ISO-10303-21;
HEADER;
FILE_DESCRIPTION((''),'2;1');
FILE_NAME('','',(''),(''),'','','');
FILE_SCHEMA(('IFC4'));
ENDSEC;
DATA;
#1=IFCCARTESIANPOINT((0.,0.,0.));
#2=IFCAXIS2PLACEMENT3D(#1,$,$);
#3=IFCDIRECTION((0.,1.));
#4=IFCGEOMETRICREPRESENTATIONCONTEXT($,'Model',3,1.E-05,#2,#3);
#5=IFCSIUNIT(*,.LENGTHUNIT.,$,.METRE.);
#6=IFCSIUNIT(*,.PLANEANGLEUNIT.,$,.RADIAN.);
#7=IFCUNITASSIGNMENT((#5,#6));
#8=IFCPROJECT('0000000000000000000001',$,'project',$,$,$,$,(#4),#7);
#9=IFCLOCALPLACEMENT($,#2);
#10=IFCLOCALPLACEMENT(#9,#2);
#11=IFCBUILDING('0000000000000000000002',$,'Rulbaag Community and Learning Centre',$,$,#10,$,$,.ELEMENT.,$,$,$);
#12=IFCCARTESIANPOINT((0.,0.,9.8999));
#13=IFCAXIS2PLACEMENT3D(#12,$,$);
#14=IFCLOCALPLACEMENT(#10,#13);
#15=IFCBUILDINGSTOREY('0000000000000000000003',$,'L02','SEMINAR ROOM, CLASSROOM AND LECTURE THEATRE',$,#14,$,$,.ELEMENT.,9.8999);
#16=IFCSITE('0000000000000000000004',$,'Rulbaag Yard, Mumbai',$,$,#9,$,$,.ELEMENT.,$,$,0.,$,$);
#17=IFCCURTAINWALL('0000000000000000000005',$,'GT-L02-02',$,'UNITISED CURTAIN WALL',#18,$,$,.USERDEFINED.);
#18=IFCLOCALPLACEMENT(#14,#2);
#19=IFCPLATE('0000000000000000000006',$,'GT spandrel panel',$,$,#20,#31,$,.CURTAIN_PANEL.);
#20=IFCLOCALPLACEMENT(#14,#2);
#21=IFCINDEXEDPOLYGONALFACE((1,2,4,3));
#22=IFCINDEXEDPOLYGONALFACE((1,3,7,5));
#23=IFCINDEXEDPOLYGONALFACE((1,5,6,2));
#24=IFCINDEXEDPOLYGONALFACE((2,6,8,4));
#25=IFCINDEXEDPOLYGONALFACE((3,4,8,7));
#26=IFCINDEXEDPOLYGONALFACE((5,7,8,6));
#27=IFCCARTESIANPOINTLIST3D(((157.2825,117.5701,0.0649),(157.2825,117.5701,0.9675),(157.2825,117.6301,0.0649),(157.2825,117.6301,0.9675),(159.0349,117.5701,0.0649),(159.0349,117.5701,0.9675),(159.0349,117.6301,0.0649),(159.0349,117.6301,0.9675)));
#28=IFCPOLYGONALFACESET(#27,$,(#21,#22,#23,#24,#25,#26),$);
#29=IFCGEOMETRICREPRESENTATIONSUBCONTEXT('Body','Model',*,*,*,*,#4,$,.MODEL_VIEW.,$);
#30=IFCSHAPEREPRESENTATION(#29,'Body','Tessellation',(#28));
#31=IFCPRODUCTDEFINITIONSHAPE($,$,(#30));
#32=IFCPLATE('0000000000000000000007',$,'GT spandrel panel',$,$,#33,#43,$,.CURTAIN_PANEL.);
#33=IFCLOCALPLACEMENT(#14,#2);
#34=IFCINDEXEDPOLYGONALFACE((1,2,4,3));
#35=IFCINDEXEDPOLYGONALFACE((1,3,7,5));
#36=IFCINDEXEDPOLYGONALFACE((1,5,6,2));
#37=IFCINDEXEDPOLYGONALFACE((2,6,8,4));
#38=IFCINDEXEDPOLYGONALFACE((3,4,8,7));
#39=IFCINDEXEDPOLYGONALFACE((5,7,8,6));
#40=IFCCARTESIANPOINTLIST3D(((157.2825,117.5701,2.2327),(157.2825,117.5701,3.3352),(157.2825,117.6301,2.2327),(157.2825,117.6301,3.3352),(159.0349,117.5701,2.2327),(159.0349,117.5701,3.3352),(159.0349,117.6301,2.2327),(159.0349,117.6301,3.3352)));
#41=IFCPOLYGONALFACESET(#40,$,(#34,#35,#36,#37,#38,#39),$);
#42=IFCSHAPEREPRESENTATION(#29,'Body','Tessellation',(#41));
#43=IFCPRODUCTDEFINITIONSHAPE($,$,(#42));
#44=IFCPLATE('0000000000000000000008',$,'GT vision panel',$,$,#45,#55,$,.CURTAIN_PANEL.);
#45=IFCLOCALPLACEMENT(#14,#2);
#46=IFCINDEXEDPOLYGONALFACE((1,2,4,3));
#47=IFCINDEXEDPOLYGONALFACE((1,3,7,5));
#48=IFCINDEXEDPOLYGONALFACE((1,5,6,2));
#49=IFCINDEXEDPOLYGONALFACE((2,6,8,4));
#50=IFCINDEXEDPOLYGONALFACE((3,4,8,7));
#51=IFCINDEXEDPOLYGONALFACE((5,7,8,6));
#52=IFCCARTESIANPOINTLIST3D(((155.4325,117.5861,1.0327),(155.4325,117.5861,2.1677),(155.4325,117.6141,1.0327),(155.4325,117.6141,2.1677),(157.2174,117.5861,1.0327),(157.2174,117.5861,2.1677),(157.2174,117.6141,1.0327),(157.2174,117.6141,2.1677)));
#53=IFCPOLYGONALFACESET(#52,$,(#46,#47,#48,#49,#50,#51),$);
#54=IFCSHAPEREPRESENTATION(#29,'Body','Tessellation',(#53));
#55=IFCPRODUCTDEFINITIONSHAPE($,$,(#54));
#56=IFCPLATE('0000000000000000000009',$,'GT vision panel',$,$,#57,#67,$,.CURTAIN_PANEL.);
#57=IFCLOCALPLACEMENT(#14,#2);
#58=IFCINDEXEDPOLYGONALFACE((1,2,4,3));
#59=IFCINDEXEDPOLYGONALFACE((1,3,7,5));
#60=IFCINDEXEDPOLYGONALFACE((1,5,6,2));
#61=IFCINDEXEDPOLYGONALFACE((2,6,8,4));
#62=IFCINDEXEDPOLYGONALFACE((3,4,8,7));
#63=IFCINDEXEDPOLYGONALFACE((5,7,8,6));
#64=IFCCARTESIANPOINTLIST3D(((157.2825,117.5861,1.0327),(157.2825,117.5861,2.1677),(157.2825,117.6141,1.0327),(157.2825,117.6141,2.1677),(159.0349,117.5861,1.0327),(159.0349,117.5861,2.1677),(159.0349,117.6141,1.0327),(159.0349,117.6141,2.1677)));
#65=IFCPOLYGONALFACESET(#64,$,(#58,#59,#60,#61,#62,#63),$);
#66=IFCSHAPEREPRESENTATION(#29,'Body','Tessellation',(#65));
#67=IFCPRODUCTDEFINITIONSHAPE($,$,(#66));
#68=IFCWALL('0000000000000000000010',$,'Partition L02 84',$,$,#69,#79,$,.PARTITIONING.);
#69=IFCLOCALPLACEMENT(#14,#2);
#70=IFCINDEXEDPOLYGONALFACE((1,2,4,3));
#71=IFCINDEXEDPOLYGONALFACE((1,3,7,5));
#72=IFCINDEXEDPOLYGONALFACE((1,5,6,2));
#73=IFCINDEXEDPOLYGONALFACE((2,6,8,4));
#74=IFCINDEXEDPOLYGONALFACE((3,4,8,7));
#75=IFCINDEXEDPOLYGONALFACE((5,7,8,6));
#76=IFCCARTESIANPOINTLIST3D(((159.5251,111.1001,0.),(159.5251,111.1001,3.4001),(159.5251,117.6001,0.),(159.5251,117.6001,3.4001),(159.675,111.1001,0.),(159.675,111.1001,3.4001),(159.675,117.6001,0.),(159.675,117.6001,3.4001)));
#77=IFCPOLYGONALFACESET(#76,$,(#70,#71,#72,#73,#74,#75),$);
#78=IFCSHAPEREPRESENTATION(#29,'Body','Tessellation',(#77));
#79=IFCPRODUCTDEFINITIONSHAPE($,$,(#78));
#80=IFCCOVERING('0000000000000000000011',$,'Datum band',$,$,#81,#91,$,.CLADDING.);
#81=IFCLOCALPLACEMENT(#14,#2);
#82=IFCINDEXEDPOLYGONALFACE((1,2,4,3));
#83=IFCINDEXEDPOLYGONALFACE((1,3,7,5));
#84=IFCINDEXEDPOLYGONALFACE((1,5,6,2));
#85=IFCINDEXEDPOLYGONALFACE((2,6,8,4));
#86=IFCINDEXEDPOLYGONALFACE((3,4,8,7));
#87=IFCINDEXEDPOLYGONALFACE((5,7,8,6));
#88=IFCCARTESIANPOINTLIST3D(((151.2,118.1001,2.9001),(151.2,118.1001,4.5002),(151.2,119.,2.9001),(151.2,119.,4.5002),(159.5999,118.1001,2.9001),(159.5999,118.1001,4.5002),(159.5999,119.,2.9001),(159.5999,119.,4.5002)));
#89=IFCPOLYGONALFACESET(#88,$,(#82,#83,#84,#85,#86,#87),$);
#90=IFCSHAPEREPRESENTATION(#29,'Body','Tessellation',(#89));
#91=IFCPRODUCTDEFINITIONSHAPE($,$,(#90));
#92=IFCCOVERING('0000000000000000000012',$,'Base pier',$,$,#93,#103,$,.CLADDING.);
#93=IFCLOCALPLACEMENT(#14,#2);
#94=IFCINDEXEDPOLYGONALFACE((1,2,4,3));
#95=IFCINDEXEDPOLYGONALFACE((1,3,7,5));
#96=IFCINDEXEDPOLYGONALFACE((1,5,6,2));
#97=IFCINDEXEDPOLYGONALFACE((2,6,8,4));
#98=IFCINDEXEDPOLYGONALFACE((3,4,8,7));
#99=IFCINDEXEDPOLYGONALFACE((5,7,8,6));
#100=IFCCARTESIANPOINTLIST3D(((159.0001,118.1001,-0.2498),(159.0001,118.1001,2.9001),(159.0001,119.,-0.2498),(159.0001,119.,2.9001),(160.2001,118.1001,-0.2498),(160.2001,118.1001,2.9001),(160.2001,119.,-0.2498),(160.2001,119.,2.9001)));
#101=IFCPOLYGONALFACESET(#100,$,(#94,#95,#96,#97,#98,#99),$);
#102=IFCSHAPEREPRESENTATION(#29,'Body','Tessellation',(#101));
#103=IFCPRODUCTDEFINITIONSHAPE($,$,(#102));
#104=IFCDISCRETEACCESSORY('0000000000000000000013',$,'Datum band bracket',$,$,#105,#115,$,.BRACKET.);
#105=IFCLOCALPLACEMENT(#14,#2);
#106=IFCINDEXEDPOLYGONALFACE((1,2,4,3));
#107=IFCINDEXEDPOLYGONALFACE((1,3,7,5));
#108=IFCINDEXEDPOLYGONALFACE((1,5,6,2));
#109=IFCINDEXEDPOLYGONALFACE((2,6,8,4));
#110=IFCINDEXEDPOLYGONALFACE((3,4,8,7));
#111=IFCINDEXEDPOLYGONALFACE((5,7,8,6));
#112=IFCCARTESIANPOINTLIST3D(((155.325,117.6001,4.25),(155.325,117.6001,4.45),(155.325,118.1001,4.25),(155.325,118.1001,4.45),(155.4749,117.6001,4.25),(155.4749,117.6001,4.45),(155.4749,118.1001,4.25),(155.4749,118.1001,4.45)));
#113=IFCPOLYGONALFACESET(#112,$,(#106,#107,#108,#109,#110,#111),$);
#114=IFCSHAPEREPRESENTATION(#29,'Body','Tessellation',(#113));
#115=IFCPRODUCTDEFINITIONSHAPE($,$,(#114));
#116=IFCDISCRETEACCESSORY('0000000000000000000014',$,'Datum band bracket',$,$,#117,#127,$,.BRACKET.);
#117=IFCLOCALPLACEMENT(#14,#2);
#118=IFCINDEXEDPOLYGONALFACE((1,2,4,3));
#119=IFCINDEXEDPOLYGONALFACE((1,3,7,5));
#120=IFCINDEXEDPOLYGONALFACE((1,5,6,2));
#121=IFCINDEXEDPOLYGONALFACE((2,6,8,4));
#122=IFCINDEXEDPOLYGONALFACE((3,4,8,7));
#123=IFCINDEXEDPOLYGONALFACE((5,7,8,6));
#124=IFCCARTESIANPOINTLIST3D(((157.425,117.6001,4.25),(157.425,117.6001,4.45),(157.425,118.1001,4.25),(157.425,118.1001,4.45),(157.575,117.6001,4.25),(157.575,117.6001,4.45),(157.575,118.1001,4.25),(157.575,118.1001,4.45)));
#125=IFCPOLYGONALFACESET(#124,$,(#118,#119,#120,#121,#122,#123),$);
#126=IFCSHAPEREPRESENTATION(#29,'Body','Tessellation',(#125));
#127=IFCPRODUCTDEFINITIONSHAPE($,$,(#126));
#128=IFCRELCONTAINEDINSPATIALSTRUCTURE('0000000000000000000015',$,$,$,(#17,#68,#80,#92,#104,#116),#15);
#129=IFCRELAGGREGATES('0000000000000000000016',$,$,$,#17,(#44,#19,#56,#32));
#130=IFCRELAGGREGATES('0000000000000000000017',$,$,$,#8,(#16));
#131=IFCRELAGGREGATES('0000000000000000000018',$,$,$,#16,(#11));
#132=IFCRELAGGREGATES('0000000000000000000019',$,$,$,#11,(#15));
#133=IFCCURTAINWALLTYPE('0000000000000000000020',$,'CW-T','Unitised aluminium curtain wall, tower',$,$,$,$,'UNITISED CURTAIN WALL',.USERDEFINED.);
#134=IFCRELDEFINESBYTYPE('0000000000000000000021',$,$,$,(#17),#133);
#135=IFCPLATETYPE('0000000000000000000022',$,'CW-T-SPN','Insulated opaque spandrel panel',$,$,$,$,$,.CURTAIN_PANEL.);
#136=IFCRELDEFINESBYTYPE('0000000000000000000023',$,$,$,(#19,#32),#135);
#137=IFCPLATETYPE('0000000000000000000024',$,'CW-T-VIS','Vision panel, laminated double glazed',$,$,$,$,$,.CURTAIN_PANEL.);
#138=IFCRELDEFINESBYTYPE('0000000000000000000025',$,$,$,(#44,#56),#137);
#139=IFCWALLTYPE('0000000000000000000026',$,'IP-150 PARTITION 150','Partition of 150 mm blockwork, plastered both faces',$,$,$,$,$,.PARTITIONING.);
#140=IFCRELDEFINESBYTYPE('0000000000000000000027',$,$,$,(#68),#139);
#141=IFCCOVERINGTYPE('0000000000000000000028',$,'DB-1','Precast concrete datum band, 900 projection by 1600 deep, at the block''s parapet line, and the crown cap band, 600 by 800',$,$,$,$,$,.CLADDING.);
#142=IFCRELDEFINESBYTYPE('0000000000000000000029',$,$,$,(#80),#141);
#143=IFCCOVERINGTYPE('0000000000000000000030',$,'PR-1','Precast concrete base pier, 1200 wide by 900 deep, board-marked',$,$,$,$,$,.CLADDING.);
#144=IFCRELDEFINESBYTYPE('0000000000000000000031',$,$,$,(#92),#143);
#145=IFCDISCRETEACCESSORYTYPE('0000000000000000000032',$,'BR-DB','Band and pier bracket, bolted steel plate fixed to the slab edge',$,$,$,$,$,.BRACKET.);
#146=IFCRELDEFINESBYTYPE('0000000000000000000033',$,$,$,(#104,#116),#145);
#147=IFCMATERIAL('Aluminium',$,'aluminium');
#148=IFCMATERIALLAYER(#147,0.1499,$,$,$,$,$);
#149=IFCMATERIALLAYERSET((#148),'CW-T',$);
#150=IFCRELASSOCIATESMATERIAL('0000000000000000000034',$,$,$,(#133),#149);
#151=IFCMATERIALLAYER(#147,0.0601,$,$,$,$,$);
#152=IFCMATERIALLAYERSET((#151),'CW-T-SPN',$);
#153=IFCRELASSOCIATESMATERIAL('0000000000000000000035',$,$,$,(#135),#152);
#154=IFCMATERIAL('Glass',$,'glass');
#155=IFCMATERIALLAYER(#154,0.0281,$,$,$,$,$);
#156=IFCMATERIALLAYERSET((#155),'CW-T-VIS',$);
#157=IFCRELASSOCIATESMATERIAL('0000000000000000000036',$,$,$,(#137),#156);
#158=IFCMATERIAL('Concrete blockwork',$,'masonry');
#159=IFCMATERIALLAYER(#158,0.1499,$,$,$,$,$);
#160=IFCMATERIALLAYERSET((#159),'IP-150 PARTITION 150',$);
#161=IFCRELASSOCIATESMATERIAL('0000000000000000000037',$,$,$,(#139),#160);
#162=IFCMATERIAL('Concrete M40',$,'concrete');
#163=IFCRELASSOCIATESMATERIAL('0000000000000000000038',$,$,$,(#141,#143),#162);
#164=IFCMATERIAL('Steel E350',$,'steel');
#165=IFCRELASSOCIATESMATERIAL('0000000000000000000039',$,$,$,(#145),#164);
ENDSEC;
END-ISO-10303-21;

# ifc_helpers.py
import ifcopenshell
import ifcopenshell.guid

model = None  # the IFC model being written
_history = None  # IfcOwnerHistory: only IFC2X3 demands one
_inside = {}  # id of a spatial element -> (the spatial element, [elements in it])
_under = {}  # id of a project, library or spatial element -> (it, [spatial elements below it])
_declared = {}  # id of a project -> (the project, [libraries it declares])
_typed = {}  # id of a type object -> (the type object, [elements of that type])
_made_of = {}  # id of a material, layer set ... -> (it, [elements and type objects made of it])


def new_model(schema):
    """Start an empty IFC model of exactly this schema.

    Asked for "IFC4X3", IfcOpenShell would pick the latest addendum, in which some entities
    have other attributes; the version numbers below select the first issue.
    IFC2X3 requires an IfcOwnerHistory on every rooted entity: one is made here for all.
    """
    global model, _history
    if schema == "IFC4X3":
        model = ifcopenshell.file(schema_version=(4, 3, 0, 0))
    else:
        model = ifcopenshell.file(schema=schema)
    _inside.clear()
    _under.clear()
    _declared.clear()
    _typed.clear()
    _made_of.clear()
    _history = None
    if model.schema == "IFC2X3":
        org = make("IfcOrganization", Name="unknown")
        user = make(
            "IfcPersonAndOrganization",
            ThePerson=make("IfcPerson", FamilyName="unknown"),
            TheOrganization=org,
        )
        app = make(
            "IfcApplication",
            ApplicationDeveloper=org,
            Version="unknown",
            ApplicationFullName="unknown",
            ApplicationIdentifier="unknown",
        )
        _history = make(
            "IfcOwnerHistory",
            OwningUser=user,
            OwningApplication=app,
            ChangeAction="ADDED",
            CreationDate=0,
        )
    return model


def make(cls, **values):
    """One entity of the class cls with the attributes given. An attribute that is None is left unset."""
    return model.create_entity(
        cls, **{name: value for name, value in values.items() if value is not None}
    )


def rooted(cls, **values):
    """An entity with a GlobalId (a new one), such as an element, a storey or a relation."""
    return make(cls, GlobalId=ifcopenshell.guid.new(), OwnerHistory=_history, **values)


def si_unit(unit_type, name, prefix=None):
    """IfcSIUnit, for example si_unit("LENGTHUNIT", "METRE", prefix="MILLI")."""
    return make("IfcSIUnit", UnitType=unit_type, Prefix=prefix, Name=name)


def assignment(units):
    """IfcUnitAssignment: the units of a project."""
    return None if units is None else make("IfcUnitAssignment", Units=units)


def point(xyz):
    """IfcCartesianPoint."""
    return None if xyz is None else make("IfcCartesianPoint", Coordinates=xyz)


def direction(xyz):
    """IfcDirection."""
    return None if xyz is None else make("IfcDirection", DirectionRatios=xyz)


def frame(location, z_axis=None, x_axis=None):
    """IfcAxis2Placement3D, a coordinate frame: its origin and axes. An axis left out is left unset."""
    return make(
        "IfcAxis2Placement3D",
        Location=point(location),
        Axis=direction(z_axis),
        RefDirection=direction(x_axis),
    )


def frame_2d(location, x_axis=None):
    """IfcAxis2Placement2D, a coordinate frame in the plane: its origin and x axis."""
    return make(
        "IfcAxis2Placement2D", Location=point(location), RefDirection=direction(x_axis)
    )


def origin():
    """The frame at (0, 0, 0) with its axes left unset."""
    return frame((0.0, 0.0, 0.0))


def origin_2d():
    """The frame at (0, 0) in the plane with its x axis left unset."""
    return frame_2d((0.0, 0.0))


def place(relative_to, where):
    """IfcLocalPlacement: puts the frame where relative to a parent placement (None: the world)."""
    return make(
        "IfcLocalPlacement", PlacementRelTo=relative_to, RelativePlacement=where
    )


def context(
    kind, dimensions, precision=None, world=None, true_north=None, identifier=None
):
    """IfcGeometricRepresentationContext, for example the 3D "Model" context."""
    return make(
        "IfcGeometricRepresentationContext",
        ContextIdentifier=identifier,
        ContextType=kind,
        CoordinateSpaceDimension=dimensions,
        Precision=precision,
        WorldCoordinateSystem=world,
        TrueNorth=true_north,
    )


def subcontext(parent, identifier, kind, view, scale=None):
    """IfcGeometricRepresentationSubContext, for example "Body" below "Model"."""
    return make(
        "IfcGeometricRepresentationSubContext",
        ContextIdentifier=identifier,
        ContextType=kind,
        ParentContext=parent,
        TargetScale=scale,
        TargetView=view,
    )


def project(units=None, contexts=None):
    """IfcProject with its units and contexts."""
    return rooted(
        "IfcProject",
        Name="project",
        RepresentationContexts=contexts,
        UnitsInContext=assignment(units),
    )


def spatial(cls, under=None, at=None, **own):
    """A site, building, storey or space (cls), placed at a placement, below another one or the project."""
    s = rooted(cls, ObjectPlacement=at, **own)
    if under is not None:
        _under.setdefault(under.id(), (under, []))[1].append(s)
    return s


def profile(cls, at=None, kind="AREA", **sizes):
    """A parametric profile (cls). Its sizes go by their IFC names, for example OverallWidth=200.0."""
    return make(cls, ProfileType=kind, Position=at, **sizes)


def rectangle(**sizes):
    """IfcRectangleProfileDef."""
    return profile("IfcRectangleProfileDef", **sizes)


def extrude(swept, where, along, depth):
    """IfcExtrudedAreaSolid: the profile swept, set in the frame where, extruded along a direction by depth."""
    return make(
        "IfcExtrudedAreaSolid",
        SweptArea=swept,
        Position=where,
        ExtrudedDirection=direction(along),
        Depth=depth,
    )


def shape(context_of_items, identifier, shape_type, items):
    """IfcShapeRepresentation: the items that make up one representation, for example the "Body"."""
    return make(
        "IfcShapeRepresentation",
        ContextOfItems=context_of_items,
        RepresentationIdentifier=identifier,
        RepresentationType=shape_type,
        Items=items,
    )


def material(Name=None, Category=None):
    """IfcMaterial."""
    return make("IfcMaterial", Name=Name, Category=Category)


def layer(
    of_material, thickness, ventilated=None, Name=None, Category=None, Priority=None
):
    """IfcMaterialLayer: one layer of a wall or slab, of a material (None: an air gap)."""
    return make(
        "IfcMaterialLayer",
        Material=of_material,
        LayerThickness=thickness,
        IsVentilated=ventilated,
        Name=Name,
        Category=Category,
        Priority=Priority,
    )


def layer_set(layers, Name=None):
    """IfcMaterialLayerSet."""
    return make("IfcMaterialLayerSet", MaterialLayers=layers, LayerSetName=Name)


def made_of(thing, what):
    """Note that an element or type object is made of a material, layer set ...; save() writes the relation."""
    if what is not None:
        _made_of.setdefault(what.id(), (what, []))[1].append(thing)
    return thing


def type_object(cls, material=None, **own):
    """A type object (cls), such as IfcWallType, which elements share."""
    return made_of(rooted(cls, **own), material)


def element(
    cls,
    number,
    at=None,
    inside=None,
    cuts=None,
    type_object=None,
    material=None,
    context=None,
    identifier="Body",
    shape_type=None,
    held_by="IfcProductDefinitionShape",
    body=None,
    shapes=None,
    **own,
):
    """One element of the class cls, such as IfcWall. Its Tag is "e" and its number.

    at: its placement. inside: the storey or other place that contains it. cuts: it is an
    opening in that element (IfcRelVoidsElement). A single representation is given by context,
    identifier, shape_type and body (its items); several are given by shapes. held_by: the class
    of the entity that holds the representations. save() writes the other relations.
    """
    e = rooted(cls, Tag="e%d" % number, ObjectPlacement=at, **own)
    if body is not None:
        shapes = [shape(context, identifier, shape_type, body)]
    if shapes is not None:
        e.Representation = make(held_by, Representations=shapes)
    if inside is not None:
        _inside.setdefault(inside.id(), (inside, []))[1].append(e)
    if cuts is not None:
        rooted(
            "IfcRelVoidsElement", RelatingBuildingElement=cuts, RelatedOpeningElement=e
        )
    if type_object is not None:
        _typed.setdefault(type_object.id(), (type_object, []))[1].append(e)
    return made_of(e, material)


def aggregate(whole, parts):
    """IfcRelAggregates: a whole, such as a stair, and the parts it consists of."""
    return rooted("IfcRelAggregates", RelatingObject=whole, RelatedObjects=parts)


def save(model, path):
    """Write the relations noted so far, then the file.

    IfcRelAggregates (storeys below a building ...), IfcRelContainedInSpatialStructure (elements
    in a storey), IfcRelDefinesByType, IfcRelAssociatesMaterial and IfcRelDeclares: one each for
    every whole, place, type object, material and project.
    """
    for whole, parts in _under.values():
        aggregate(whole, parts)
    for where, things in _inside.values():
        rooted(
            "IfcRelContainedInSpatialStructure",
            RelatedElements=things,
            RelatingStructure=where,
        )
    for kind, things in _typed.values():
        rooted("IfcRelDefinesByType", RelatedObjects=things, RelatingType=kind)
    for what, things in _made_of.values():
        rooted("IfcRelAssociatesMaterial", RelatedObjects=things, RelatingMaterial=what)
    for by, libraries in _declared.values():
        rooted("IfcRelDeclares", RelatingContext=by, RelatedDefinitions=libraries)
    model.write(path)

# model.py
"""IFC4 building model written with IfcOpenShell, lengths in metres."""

from ifc_helpers import new_model, si_unit, direction, frame, frame_2d, origin, origin_2d, place, context, subcontext, project, spatial, rectangle, extrude, material, layer, layer_set, type_object, element, aggregate, save


model = new_model("IFC4")

# Units and contexts
model_context = context("Model", 3, precision=1e-05, world=origin(), true_north=direction((0.0, 1.0)))
body_context = subcontext(model_context, "Body", "Model", "MODEL_VIEW")
ifc_project = project(units=[si_unit("LENGTHUNIT", "METRE"), si_unit("PLANEANGLEUNIT", "RADIAN")], contexts=[model_context])

# Site, building, storey
site_placement = place(None, origin())
site = spatial("IfcSite", under=ifc_project, at=site_placement, Name="Rulbaag Yard, Mumbai", CompositionType="ELEMENT", RefElevation=0.0)
building_placement = place(site_placement, origin())
building = spatial("IfcBuilding", under=site, at=building_placement, Name="Rulbaag Community and Learning Centre", CompositionType="ELEMENT")
storey_placement = place(building_placement, frame((0.0, 0.0, 9.8999)))
storey = spatial("IfcBuildingStorey", under=building, at=storey_placement, Name="L02", Description="SEMINAR ROOM, CLASSROOM AND LECTURE THEATRE", CompositionType="ELEMENT", Elevation=9.8999)

# Shared definitions
ifc_material_1 = material(Name="Concrete M40", Category="concrete")

# Curtain wall, plates
ifc_material_2 = material(Name="Aluminium", Category="aluminium")
ifc_layer_1 = layer(ifc_material_2, 0.1499)
ifc_layer_set_1 = layer_set([ifc_layer_1], Name="CW-T")
curtain_wall_type = type_object("IfcCurtainWallType", Name="CW-T", Description="Unitised aluminium curtain wall, tower", ElementType="UNITISED CURTAIN WALL", PredefinedType="USERDEFINED", material=ifc_layer_set_1)
curtain_wall_placement = place(storey_placement, origin())
curtain_wall = element("IfcCurtainWall", 1, at=curtain_wall_placement, inside=storey, type_object=curtain_wall_type, Name="GT-L02-02", ObjectType="UNITISED CURTAIN WALL", PredefinedType="USERDEFINED")
ifc_layer_2 = layer(ifc_material_2, 0.0601)
ifc_layer_set_2 = layer_set([ifc_layer_2], Name="CW-T-SPN")
plate_type_1 = type_object("IfcPlateType", Name="CW-T-SPN", Description="Insulated opaque spandrel panel", PredefinedType="CURTAIN_PANEL", material=ifc_layer_set_2)
plate_1_placement = place(storey_placement, frame((158.1587, 117.6001, 0.0649), z_axis=(0.0, 0.0, 1.0), x_axis=(1.0, 0.0, 0.0)))
plate_1 = element("IfcPlate", 2, at=plate_1_placement, type_object=plate_type_1, Name="GT spandrel panel", PredefinedType="CURTAIN_PANEL", context=body_context, shape_type="SweptSolid", body=[
    extrude(rectangle(XDim=1.7524, YDim=0.0601, at=origin_2d()), origin(), (0.0, 0.0, 1.0), 0.9026),
])
plate_2_placement = place(storey_placement, frame((158.1587, 117.6001, 2.2327), z_axis=(0.0, 0.0, 1.0), x_axis=(1.0, 0.0, 0.0)))
plate_2 = element("IfcPlate", 3, at=plate_2_placement, type_object=plate_type_1, Name="GT spandrel panel", PredefinedType="CURTAIN_PANEL", context=body_context, shape_type="SweptSolid", body=[
    extrude(rectangle(XDim=1.7524, YDim=0.0601, at=origin_2d()), origin(), (0.0, 0.0, 1.0), 1.1025),
])
ifc_material_3 = material(Name="Glass", Category="glass")
ifc_layer_3 = layer(ifc_material_3, 0.0281)
ifc_layer_set_3 = layer_set([ifc_layer_3], Name="CW-T-VIS")
plate_type_2 = type_object("IfcPlateType", Name="CW-T-VIS", Description="Vision panel, laminated double glazed", PredefinedType="CURTAIN_PANEL", material=ifc_layer_set_3)
plate_3_placement = place(storey_placement, frame((156.325, 117.6001, 1.0327), z_axis=(0.0, 0.0, 1.0), x_axis=(1.0, 0.0, 0.0)))
plate_3 = element("IfcPlate", 4, at=plate_3_placement, type_object=plate_type_2, Name="GT vision panel", PredefinedType="CURTAIN_PANEL", context=body_context, shape_type="SweptSolid", body=[
    extrude(rectangle(XDim=1.7849, YDim=0.0281, at=origin_2d()), origin(), (0.0, 0.0, 1.0), 1.135),
])
plate_4_placement = place(storey_placement, frame((158.1587, 117.6001, 1.0327), z_axis=(0.0, 0.0, 1.0), x_axis=(1.0, 0.0, 0.0)))
plate_4 = element("IfcPlate", 5, at=plate_4_placement, type_object=plate_type_2, Name="GT vision panel", PredefinedType="CURTAIN_PANEL", context=body_context, shape_type="SweptSolid", body=[
    extrude(rectangle(XDim=1.7524, YDim=0.0281, at=origin_2d()), origin(), (0.0, 0.0, 1.0), 1.135),
])
aggregate(curtain_wall, [plate_3, plate_1, plate_4, plate_2])

# Wall
ifc_material_4 = material(Name="Concrete blockwork", Category="masonry")
ifc_layer_4 = layer(ifc_material_4, 0.1499)
ifc_layer_set_4 = layer_set([ifc_layer_4], Name="IP-150 PARTITION 150")
wall_type = type_object("IfcWallType", Name="IP-150 PARTITION 150", Description="Partition of 150 mm blockwork, plastered both faces", PredefinedType="PARTITIONING", material=ifc_layer_set_4)
wall_placement = place(storey_placement, frame((159.6001, 111.1001, 0.0), z_axis=(0.0, 0.0, 1.0), x_axis=(0.0, 1.0, 0.0)))
element("IfcWall", 6, at=wall_placement, inside=storey, type_object=wall_type, Name="Partition L02 84", PredefinedType="PARTITIONING", context=body_context, shape_type="SweptSolid", body=[
    extrude(rectangle(XDim=6.5, YDim=0.1499, at=frame_2d((3.25, 0.0))), origin(), (0.0, 0.0, 1.0), 3.4001),
])

# Coverings
covering_type_1 = type_object("IfcCoveringType", Name="DB-1", Description="Precast concrete datum band, 900 projection by 1600 deep, at the block's parapet line, and the crown cap band, 600 by 800", PredefinedType="CLADDING", material=ifc_material_1)
covering_1_placement = place(storey_placement, frame((155.3999, 118.55, 2.9001), z_axis=(0.0, 0.0, 1.0), x_axis=(1.0, 0.0, 0.0)))
element("IfcCovering", 7, at=covering_1_placement, inside=storey, type_object=covering_type_1, Name="Datum band", PredefinedType="CLADDING", context=body_context, shape_type="SweptSolid", body=[
    extrude(rectangle(XDim=8.3999, YDim=0.8999, at=origin_2d()), origin(), (0.0, 0.0, 1.0), 1.6001),
])
covering_type_2 = type_object("IfcCoveringType", Name="PR-1", Description="Precast concrete base pier, 1200 wide by 900 deep, board-marked", PredefinedType="CLADDING", material=ifc_material_1)
covering_2_placement = place(storey_placement, frame((159.6001, 118.55, -0.2498), z_axis=(0.0, 0.0, 1.0), x_axis=(1.0, 0.0, 0.0)))
element("IfcCovering", 8, at=covering_2_placement, inside=storey, type_object=covering_type_2, Name="Base pier", PredefinedType="CLADDING", context=body_context, shape_type="SweptSolid", body=[
    extrude(rectangle(XDim=1.2, YDim=0.8999, at=origin_2d()), origin(), (0.0, 0.0, 1.0), 3.1499),
])

# Discrete accessories
ifc_material_5 = material(Name="Steel E350", Category="steel")
discrete_accessory_type = type_object("IfcDiscreteAccessoryType", Name="BR-DB", Description="Band and pier bracket, bolted steel plate fixed to the slab edge", PredefinedType="BRACKET", material=ifc_material_5)
for number, where, z_axis, x_axis, name in (
    (9, (155.3999, 117.8501, 4.25), (0.0, 0.0, 1.0), (1.0, 0.0, 0.0), "Datum band bracket"),
    (10, (157.5, 117.8501, 4.25), (0.0, 0.0, 1.0), (1.0, 0.0, 0.0), "Datum band bracket"),
):
    element("IfcDiscreteAccessory", number, at=place(storey_placement, frame(where, z_axis=z_axis, x_axis=x_axis)), inside=storey, type_object=discrete_accessory_type, Name=name, PredefinedType="BRACKET", context=body_context, shape_type="SweptSolid", body=[
        extrude(rectangle(XDim=0.1499, YDim=0.5, at=origin_2d()), origin(), (0.0, 0.0, 1.0), 0.2),
    ])

save(model, "model.ifc")
